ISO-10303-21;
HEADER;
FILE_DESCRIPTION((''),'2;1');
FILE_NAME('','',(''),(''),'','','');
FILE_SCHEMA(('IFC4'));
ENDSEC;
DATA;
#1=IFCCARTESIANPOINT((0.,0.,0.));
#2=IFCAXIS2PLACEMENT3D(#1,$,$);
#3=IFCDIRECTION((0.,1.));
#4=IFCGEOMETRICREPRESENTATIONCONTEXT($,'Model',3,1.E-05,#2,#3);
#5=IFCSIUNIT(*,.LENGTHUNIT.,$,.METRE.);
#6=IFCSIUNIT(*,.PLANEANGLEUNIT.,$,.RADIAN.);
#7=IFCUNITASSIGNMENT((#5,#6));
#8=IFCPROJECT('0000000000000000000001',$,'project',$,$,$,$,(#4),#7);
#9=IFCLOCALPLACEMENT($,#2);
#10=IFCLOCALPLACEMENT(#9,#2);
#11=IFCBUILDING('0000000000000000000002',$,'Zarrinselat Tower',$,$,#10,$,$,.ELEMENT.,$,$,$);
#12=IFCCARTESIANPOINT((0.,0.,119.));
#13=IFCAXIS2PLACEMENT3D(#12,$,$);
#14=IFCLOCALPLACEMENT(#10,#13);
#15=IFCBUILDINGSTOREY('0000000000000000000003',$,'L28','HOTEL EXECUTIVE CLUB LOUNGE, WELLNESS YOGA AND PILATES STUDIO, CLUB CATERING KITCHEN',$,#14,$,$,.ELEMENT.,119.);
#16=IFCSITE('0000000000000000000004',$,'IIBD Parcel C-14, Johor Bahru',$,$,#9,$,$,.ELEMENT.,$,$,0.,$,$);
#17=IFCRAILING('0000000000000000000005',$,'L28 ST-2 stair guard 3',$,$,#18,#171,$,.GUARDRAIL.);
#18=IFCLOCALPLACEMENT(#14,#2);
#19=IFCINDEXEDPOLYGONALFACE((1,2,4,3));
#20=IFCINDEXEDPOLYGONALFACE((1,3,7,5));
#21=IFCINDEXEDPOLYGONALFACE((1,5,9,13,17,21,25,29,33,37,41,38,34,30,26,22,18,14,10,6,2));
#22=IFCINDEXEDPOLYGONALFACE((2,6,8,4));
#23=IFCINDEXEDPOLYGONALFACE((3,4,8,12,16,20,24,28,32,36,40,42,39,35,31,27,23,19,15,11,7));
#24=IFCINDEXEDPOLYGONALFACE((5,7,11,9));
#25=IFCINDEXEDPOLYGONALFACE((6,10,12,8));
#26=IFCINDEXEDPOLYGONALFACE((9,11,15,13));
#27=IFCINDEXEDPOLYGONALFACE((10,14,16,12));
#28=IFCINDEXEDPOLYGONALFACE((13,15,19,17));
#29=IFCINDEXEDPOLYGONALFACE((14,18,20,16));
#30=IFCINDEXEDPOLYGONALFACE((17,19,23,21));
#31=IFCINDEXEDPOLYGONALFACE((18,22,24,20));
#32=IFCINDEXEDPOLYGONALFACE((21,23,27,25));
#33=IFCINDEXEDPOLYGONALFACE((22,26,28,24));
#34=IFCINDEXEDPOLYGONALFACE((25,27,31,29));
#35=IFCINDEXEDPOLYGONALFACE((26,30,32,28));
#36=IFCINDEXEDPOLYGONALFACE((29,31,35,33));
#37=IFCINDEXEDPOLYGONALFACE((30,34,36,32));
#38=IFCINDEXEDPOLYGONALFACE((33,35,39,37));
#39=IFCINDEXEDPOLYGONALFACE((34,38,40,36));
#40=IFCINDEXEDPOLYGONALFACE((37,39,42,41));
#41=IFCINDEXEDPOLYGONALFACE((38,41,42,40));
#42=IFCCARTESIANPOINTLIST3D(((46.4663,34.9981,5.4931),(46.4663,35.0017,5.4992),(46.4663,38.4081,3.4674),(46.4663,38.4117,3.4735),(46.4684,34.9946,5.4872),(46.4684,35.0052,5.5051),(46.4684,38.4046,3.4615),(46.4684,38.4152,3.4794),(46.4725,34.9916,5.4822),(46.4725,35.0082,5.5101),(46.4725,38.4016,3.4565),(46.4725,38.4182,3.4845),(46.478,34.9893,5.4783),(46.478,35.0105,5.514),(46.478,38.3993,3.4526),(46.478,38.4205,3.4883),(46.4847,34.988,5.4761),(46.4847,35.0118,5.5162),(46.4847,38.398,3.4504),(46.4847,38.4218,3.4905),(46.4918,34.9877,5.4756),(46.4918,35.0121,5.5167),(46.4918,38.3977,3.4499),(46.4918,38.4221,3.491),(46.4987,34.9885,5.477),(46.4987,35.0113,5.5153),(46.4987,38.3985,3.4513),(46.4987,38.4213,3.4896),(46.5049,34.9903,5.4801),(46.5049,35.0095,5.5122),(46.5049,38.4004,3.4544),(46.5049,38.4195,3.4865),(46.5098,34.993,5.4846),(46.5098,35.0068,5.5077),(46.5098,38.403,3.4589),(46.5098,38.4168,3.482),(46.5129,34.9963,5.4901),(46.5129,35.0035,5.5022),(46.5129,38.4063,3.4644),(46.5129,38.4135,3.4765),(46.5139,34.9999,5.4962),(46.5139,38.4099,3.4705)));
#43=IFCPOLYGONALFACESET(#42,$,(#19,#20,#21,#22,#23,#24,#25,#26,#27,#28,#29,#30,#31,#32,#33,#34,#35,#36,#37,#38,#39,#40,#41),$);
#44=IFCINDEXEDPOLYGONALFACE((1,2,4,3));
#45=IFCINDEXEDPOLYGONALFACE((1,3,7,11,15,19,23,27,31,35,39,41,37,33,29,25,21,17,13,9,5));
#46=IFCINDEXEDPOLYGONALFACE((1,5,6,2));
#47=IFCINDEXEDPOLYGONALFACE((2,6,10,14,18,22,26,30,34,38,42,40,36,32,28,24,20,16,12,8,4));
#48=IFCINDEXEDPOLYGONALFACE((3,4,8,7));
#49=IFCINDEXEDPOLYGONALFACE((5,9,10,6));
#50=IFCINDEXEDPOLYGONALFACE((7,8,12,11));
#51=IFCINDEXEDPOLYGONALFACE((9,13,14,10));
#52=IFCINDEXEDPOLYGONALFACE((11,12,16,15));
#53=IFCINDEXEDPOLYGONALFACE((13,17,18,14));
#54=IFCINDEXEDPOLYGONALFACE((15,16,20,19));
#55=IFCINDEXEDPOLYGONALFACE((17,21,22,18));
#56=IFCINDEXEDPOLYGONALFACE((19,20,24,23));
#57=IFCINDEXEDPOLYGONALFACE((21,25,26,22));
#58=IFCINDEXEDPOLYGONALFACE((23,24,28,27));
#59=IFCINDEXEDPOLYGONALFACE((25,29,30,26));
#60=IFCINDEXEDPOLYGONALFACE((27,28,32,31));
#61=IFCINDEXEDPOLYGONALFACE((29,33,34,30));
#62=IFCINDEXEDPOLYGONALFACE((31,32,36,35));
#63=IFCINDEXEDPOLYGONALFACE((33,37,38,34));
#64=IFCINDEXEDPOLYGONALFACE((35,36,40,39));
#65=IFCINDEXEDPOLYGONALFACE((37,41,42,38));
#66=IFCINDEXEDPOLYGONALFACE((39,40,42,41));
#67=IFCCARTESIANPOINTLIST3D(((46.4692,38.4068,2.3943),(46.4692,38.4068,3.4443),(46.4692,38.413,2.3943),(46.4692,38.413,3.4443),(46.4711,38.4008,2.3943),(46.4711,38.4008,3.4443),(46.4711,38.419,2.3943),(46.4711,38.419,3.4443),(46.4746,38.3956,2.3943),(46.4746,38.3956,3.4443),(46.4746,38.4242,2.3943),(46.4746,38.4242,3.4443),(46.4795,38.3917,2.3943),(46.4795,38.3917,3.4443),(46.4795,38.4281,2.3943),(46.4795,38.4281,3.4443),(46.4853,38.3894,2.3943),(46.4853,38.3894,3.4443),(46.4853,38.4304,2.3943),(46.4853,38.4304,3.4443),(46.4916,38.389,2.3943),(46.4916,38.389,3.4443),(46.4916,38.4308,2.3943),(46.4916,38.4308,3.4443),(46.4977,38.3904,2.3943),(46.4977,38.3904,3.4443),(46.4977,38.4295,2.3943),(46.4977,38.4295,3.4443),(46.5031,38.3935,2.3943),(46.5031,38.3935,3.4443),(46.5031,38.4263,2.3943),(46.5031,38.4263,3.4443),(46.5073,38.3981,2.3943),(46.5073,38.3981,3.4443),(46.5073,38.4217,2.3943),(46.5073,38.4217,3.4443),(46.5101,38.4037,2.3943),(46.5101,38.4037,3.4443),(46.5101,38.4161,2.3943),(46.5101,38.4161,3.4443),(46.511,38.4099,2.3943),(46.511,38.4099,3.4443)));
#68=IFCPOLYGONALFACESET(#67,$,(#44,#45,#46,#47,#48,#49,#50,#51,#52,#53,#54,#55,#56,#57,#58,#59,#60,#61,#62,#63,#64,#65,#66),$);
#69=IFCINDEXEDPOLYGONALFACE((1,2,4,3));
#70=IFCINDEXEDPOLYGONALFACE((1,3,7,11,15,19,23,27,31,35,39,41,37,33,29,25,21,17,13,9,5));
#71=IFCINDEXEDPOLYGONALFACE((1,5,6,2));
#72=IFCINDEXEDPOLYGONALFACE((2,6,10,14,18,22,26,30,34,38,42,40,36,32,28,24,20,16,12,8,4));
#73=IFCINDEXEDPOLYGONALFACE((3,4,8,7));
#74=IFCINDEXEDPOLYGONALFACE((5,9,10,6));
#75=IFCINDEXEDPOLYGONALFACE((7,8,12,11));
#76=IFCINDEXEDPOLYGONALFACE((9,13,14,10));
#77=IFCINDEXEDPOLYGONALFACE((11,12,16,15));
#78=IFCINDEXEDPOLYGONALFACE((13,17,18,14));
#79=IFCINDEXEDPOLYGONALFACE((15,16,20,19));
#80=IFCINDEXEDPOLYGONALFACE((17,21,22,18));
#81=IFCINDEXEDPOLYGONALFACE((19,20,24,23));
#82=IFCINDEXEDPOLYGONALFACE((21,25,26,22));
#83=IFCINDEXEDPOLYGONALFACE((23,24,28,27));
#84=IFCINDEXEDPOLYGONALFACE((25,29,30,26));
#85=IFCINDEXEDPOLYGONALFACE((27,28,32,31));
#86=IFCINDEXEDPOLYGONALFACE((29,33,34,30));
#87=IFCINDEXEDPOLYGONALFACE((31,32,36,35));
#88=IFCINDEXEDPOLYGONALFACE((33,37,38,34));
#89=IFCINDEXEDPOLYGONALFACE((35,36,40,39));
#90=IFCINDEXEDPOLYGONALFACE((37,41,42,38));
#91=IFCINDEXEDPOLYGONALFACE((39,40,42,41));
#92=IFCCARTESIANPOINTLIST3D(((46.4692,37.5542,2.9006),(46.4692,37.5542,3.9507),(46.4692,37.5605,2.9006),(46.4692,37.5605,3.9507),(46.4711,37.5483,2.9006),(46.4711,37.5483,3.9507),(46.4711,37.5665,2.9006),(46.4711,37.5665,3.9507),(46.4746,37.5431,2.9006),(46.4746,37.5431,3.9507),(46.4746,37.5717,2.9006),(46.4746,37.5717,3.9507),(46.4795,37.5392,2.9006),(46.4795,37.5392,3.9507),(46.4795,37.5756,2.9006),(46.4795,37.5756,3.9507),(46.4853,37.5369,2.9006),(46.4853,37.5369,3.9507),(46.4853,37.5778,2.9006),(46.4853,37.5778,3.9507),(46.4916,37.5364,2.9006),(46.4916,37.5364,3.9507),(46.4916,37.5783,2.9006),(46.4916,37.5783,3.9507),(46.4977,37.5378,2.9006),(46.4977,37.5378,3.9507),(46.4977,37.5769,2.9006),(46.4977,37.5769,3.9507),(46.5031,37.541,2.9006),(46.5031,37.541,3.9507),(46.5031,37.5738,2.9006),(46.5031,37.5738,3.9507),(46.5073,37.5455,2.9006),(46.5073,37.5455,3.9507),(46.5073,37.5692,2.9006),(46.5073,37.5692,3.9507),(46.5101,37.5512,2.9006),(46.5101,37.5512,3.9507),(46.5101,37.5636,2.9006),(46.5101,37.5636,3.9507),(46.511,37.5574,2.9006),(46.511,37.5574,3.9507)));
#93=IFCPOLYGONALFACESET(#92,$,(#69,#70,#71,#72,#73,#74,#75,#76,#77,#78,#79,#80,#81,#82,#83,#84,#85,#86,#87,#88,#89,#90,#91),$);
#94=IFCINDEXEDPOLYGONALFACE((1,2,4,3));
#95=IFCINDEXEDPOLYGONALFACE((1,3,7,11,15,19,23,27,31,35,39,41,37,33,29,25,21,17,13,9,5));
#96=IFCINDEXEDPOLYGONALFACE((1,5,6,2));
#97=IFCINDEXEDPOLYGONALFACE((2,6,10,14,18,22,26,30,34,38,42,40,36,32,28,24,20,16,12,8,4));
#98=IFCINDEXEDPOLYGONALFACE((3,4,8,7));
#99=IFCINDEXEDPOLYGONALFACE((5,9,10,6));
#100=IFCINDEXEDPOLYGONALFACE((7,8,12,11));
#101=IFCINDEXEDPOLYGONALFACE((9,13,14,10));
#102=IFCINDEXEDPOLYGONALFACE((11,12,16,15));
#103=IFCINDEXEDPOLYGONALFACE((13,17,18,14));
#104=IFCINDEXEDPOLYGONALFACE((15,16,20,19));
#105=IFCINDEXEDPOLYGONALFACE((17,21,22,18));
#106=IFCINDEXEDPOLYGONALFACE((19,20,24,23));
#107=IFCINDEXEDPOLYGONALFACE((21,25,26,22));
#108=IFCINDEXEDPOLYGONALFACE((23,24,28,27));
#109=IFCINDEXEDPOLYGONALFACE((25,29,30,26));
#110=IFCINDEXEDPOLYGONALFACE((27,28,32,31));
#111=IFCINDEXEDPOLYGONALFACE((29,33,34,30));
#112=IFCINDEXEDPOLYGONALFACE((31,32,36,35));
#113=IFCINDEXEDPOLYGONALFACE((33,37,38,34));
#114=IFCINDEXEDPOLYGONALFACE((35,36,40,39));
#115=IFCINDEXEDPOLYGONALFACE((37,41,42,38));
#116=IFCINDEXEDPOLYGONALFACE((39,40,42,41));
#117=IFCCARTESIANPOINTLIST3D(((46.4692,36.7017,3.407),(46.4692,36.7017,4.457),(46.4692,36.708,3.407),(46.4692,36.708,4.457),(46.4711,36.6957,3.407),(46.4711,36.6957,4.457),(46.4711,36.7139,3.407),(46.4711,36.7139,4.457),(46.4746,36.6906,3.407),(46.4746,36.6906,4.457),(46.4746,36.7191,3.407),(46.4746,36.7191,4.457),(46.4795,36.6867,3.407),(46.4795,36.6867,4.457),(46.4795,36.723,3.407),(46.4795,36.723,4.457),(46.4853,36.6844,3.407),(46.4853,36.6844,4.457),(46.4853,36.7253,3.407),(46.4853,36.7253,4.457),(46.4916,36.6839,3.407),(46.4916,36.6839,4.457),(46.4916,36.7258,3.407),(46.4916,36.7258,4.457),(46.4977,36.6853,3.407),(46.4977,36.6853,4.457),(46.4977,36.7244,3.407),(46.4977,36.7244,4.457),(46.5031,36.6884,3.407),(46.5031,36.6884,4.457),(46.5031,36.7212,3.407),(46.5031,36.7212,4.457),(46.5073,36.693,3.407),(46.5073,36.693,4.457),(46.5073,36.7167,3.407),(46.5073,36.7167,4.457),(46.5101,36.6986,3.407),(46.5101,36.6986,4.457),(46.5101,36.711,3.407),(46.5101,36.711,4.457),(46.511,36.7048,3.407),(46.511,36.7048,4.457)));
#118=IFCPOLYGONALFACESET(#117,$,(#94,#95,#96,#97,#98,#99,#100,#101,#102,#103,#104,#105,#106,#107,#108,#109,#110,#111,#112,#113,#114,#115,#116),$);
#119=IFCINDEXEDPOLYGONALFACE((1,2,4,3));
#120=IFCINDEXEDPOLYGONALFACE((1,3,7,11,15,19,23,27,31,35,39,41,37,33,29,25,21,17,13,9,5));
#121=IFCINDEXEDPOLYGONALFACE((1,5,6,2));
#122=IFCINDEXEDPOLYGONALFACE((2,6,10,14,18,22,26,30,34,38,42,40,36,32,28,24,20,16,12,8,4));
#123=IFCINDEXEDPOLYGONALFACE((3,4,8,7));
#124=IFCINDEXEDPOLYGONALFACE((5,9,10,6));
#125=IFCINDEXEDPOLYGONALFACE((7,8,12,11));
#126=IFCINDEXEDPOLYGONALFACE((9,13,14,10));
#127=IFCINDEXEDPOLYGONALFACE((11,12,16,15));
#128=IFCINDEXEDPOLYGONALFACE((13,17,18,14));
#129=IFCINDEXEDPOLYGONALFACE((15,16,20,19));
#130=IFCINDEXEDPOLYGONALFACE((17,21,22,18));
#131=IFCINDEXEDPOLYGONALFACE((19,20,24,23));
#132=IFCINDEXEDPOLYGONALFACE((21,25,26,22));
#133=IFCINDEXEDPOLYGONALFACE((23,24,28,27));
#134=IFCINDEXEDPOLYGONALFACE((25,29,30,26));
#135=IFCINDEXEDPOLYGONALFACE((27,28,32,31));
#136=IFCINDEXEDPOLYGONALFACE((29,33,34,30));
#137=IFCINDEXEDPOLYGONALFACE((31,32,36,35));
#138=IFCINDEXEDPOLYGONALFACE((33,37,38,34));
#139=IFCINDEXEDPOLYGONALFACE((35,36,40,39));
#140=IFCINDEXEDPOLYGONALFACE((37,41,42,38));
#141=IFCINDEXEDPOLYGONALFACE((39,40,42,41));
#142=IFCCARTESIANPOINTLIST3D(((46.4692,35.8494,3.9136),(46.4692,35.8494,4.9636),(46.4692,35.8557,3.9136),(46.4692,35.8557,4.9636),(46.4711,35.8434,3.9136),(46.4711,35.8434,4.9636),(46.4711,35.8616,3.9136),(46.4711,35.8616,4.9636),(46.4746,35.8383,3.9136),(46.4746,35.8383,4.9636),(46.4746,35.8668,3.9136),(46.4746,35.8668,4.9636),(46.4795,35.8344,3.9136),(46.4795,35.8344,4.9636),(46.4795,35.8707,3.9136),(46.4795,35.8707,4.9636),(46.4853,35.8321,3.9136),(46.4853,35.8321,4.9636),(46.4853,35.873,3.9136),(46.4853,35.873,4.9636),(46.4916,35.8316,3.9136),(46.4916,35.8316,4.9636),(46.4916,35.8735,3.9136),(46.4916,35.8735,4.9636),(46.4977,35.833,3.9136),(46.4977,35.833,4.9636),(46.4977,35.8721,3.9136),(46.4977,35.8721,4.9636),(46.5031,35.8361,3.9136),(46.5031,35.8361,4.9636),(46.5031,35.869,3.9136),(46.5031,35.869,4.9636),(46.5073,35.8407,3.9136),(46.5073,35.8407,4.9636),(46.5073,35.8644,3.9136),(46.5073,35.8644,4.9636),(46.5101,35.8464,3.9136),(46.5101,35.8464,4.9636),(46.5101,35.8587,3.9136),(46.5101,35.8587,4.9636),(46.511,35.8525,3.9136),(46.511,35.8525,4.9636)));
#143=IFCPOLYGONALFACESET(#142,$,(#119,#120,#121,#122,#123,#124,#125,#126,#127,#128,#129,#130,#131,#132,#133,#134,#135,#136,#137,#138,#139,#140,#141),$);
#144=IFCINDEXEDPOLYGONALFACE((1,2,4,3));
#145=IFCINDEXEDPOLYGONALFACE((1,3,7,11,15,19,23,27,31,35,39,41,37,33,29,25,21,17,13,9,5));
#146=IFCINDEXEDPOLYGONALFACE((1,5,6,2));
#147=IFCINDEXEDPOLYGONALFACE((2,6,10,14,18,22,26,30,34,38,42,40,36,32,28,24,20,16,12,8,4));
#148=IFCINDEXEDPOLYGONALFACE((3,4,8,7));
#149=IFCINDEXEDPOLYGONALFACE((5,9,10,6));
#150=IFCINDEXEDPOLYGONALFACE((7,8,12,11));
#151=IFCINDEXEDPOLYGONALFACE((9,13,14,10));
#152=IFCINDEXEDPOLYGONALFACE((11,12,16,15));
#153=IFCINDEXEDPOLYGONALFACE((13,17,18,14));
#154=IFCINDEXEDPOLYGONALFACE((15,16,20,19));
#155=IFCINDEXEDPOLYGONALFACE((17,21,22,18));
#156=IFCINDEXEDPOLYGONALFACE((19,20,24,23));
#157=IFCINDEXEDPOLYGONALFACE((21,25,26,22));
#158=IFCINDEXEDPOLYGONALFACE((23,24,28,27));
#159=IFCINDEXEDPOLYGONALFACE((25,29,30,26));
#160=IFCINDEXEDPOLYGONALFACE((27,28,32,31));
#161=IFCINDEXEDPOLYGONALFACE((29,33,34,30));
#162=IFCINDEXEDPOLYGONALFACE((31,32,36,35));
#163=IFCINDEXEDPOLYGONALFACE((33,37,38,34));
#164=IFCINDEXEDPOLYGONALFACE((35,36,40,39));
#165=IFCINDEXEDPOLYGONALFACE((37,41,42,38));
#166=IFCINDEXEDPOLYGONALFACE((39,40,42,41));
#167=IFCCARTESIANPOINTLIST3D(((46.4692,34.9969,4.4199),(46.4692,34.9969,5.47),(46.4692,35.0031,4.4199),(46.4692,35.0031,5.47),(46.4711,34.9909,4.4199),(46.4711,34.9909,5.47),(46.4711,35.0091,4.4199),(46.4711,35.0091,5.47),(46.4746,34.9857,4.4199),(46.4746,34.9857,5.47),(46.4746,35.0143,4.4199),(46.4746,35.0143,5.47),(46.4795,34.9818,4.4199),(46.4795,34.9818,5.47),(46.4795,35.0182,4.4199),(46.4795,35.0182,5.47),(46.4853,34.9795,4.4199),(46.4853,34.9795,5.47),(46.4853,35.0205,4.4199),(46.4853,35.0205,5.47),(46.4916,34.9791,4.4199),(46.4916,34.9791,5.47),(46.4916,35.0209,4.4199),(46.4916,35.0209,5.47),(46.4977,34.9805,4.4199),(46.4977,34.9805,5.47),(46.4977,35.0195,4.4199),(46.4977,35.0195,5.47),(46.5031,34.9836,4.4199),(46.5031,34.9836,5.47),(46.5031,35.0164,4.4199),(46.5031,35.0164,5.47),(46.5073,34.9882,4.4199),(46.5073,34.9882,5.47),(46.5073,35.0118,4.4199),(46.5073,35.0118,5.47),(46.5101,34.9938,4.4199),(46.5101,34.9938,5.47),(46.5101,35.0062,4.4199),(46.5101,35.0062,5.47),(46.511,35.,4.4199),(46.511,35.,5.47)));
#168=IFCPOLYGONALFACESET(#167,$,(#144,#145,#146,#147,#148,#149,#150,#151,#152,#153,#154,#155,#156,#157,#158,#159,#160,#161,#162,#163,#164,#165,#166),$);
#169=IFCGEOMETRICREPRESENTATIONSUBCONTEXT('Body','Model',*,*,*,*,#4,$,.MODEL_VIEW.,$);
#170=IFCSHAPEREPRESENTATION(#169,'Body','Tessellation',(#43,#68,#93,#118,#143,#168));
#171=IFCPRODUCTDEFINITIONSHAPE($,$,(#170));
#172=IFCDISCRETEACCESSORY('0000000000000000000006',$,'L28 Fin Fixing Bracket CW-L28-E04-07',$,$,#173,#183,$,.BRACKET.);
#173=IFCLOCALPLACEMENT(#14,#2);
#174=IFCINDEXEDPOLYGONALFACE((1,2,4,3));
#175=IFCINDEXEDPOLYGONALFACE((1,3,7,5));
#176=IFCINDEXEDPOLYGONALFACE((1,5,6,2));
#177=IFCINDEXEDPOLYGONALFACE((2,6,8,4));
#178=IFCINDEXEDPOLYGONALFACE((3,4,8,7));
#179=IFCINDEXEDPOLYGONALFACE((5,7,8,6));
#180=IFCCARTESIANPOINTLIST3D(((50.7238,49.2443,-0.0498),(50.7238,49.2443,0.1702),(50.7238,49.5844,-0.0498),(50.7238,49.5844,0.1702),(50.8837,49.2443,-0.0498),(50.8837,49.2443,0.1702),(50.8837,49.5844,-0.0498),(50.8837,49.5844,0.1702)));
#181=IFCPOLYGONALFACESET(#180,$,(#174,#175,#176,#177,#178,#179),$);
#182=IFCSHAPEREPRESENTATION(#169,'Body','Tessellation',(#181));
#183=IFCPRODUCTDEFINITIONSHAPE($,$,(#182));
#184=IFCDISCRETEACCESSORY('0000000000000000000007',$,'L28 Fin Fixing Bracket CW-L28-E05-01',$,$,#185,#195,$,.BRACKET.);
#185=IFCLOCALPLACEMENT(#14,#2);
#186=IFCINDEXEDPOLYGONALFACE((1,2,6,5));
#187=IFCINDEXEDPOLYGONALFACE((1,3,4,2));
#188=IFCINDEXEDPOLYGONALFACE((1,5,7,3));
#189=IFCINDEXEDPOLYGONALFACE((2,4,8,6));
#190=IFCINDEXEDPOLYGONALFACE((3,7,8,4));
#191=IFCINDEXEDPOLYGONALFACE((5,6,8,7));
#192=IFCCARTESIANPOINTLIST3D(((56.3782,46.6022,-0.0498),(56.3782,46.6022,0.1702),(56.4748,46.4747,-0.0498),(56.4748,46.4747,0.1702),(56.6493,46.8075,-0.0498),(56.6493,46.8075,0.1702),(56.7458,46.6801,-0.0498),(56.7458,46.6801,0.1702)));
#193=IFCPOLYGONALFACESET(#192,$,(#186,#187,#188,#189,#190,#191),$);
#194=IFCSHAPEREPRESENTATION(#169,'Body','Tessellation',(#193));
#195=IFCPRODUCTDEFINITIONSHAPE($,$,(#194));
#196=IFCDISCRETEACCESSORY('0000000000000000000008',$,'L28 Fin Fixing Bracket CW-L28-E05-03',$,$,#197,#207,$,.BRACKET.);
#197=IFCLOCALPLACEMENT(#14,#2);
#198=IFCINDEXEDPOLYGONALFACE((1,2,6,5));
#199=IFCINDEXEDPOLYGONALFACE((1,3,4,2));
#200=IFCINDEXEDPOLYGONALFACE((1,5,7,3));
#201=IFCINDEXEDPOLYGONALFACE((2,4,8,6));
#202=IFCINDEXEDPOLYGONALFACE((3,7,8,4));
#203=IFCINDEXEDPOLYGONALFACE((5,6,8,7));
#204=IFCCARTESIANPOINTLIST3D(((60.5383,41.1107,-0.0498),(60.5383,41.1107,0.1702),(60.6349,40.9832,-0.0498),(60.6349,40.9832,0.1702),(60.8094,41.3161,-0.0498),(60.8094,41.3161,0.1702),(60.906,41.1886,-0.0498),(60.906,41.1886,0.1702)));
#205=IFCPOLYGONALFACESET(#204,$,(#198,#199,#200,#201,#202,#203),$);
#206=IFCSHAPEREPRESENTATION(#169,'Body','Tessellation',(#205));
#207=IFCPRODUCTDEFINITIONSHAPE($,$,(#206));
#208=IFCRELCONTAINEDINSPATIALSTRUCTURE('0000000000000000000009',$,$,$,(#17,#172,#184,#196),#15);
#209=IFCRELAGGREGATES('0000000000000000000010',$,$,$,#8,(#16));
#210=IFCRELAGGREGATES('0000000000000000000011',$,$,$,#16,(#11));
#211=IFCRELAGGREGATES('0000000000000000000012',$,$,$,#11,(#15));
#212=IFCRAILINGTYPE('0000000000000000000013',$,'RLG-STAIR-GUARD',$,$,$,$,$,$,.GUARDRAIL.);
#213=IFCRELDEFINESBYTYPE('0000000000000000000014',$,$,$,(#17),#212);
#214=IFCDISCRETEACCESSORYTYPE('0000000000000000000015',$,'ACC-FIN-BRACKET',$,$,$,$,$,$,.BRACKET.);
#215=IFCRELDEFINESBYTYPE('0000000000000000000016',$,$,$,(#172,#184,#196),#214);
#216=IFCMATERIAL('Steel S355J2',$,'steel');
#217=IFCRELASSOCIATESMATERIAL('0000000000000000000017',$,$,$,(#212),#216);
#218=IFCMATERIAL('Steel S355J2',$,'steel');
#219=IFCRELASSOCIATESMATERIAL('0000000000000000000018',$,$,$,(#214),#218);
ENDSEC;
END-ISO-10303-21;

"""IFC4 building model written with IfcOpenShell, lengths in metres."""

from ifc_helpers import new_model, si_unit, direction, frame, origin, origin_2d, place, context, subcontext, project, spatial, rectangle, circle, extrude, material, type_object, element, save


model = new_model("IFC4")

# Units and contexts
model_context = context("Model", 3, precision=1e-05, world=origin(), true_north=direction((0.0, 1.0)))
body_context = subcontext(model_context, "Body", "Model", "MODEL_VIEW")
ifc_project = project(units=[si_unit("LENGTHUNIT", "METRE"), si_unit("PLANEANGLEUNIT", "RADIAN")], contexts=[model_context])

# Site, building, storey
site_placement = place(None, origin())
site = spatial("IfcSite", under=ifc_project, at=site_placement, Name="IIBD Parcel C-14, Johor Bahru", CompositionType="ELEMENT", RefElevation=0.0)
building_placement = place(site_placement, origin())
building = spatial("IfcBuilding", under=site, at=building_placement, Name="Zarrinselat Tower", CompositionType="ELEMENT")
storey_placement = place(building_placement, frame((0.0, 0.0, 119.0)))
storey = spatial("IfcBuildingStorey", under=building, at=storey_placement, Name="L28", Description="HOTEL EXECUTIVE CLUB LOUNGE, WELLNESS YOGA AND PILATES STUDIO, CLUB CATERING KITCHEN", CompositionType="ELEMENT", Elevation=119.0)

# Railing
ifc_material_1 = material(Name="Steel S355J2", Category="steel")
railing_type = type_object("IfcRailingType", Name="RLG-STAIR-GUARD", PredefinedType="GUARDRAIL", material=ifc_material_1)
railing_1_placement = place(storey_placement, frame((46.49, 38.4099, 2.3943)))
element("IfcRailing", 1, at=railing_1_placement, inside=storey, type_object=railing_type, Name="L28 ST-2 stair guard 3", PredefinedType="GUARDRAIL", context=body_context, shape_type="SweptSolid", body=[
    extrude(circle(Radius=0.0239, at=origin_2d()), frame((0.0, 0.0, 1.0762), z_axis=(0.0, -0.859744, 0.510725), x_axis=(1.0, 0.0, 0.0)), (0.0, 0.0, 1.0), 3.9663),
    extrude(circle(Radius=0.021, at=origin_2d()), origin(), (0.0, 0.0, 1.0), 1.05),
    extrude(circle(Radius=0.021, at=origin_2d()), frame((0.0, -0.8525, 0.5063)), (0.0, 0.0, 1.0), 1.05),
    extrude(circle(Radius=0.021, at=origin_2d()), frame((0.0, -1.7051, 1.0127)), (0.0, 0.0, 1.0), 1.05),
    extrude(circle(Radius=0.021, at=origin_2d()), frame((0.0, -2.5574, 1.5193)), (0.0, 0.0, 1.0), 1.05),
    extrude(circle(Radius=0.021, at=origin_2d()), frame((0.0, -3.4099, 2.0256)), (0.0, 0.0, 1.0), 1.05),
])

# Discrete accessories
ifc_material_2 = material(Name="Steel S355J2", Category="steel")
discrete_accessory_type = type_object("IfcDiscreteAccessoryType", Name="ACC-FIN-BRACKET", PredefinedType="BRACKET", material=ifc_material_2)
for number, where, z_axis, x_axis, name in (
    (2, (50.8037, 49.4143, -0.0498), (0.0, 0.0, 1.0), (0.0, 1.0, 0.0), "L28 Fin Fixing Bracket CW-L28-E04-07"),
    (3, (56.562, 46.6411, -0.0498), (0.0, 0.0, 1.0), (0.797093, 0.603856, 0.0), "L28 Fin Fixing Bracket CW-L28-E05-01"),
    (4, (60.7222, 41.1497, -0.0498), (0.0, 0.0, 1.0), (0.797093, 0.603856, 0.0), "L28 Fin Fixing Bracket CW-L28-E05-03"),
):
    element("IfcDiscreteAccessory", number, at=place(storey_placement, frame(where, z_axis=z_axis, x_axis=x_axis)), inside=storey, type_object=discrete_accessory_type, Name=name, PredefinedType="BRACKET", context=body_context, shape_type="SweptSolid", body=[
        extrude(rectangle(XDim=0.3401, YDim=0.1599, at=origin_2d()), origin(), (0.0, 0.0, 1.0), 0.22),
    ])

save(model, "model.ifc")
